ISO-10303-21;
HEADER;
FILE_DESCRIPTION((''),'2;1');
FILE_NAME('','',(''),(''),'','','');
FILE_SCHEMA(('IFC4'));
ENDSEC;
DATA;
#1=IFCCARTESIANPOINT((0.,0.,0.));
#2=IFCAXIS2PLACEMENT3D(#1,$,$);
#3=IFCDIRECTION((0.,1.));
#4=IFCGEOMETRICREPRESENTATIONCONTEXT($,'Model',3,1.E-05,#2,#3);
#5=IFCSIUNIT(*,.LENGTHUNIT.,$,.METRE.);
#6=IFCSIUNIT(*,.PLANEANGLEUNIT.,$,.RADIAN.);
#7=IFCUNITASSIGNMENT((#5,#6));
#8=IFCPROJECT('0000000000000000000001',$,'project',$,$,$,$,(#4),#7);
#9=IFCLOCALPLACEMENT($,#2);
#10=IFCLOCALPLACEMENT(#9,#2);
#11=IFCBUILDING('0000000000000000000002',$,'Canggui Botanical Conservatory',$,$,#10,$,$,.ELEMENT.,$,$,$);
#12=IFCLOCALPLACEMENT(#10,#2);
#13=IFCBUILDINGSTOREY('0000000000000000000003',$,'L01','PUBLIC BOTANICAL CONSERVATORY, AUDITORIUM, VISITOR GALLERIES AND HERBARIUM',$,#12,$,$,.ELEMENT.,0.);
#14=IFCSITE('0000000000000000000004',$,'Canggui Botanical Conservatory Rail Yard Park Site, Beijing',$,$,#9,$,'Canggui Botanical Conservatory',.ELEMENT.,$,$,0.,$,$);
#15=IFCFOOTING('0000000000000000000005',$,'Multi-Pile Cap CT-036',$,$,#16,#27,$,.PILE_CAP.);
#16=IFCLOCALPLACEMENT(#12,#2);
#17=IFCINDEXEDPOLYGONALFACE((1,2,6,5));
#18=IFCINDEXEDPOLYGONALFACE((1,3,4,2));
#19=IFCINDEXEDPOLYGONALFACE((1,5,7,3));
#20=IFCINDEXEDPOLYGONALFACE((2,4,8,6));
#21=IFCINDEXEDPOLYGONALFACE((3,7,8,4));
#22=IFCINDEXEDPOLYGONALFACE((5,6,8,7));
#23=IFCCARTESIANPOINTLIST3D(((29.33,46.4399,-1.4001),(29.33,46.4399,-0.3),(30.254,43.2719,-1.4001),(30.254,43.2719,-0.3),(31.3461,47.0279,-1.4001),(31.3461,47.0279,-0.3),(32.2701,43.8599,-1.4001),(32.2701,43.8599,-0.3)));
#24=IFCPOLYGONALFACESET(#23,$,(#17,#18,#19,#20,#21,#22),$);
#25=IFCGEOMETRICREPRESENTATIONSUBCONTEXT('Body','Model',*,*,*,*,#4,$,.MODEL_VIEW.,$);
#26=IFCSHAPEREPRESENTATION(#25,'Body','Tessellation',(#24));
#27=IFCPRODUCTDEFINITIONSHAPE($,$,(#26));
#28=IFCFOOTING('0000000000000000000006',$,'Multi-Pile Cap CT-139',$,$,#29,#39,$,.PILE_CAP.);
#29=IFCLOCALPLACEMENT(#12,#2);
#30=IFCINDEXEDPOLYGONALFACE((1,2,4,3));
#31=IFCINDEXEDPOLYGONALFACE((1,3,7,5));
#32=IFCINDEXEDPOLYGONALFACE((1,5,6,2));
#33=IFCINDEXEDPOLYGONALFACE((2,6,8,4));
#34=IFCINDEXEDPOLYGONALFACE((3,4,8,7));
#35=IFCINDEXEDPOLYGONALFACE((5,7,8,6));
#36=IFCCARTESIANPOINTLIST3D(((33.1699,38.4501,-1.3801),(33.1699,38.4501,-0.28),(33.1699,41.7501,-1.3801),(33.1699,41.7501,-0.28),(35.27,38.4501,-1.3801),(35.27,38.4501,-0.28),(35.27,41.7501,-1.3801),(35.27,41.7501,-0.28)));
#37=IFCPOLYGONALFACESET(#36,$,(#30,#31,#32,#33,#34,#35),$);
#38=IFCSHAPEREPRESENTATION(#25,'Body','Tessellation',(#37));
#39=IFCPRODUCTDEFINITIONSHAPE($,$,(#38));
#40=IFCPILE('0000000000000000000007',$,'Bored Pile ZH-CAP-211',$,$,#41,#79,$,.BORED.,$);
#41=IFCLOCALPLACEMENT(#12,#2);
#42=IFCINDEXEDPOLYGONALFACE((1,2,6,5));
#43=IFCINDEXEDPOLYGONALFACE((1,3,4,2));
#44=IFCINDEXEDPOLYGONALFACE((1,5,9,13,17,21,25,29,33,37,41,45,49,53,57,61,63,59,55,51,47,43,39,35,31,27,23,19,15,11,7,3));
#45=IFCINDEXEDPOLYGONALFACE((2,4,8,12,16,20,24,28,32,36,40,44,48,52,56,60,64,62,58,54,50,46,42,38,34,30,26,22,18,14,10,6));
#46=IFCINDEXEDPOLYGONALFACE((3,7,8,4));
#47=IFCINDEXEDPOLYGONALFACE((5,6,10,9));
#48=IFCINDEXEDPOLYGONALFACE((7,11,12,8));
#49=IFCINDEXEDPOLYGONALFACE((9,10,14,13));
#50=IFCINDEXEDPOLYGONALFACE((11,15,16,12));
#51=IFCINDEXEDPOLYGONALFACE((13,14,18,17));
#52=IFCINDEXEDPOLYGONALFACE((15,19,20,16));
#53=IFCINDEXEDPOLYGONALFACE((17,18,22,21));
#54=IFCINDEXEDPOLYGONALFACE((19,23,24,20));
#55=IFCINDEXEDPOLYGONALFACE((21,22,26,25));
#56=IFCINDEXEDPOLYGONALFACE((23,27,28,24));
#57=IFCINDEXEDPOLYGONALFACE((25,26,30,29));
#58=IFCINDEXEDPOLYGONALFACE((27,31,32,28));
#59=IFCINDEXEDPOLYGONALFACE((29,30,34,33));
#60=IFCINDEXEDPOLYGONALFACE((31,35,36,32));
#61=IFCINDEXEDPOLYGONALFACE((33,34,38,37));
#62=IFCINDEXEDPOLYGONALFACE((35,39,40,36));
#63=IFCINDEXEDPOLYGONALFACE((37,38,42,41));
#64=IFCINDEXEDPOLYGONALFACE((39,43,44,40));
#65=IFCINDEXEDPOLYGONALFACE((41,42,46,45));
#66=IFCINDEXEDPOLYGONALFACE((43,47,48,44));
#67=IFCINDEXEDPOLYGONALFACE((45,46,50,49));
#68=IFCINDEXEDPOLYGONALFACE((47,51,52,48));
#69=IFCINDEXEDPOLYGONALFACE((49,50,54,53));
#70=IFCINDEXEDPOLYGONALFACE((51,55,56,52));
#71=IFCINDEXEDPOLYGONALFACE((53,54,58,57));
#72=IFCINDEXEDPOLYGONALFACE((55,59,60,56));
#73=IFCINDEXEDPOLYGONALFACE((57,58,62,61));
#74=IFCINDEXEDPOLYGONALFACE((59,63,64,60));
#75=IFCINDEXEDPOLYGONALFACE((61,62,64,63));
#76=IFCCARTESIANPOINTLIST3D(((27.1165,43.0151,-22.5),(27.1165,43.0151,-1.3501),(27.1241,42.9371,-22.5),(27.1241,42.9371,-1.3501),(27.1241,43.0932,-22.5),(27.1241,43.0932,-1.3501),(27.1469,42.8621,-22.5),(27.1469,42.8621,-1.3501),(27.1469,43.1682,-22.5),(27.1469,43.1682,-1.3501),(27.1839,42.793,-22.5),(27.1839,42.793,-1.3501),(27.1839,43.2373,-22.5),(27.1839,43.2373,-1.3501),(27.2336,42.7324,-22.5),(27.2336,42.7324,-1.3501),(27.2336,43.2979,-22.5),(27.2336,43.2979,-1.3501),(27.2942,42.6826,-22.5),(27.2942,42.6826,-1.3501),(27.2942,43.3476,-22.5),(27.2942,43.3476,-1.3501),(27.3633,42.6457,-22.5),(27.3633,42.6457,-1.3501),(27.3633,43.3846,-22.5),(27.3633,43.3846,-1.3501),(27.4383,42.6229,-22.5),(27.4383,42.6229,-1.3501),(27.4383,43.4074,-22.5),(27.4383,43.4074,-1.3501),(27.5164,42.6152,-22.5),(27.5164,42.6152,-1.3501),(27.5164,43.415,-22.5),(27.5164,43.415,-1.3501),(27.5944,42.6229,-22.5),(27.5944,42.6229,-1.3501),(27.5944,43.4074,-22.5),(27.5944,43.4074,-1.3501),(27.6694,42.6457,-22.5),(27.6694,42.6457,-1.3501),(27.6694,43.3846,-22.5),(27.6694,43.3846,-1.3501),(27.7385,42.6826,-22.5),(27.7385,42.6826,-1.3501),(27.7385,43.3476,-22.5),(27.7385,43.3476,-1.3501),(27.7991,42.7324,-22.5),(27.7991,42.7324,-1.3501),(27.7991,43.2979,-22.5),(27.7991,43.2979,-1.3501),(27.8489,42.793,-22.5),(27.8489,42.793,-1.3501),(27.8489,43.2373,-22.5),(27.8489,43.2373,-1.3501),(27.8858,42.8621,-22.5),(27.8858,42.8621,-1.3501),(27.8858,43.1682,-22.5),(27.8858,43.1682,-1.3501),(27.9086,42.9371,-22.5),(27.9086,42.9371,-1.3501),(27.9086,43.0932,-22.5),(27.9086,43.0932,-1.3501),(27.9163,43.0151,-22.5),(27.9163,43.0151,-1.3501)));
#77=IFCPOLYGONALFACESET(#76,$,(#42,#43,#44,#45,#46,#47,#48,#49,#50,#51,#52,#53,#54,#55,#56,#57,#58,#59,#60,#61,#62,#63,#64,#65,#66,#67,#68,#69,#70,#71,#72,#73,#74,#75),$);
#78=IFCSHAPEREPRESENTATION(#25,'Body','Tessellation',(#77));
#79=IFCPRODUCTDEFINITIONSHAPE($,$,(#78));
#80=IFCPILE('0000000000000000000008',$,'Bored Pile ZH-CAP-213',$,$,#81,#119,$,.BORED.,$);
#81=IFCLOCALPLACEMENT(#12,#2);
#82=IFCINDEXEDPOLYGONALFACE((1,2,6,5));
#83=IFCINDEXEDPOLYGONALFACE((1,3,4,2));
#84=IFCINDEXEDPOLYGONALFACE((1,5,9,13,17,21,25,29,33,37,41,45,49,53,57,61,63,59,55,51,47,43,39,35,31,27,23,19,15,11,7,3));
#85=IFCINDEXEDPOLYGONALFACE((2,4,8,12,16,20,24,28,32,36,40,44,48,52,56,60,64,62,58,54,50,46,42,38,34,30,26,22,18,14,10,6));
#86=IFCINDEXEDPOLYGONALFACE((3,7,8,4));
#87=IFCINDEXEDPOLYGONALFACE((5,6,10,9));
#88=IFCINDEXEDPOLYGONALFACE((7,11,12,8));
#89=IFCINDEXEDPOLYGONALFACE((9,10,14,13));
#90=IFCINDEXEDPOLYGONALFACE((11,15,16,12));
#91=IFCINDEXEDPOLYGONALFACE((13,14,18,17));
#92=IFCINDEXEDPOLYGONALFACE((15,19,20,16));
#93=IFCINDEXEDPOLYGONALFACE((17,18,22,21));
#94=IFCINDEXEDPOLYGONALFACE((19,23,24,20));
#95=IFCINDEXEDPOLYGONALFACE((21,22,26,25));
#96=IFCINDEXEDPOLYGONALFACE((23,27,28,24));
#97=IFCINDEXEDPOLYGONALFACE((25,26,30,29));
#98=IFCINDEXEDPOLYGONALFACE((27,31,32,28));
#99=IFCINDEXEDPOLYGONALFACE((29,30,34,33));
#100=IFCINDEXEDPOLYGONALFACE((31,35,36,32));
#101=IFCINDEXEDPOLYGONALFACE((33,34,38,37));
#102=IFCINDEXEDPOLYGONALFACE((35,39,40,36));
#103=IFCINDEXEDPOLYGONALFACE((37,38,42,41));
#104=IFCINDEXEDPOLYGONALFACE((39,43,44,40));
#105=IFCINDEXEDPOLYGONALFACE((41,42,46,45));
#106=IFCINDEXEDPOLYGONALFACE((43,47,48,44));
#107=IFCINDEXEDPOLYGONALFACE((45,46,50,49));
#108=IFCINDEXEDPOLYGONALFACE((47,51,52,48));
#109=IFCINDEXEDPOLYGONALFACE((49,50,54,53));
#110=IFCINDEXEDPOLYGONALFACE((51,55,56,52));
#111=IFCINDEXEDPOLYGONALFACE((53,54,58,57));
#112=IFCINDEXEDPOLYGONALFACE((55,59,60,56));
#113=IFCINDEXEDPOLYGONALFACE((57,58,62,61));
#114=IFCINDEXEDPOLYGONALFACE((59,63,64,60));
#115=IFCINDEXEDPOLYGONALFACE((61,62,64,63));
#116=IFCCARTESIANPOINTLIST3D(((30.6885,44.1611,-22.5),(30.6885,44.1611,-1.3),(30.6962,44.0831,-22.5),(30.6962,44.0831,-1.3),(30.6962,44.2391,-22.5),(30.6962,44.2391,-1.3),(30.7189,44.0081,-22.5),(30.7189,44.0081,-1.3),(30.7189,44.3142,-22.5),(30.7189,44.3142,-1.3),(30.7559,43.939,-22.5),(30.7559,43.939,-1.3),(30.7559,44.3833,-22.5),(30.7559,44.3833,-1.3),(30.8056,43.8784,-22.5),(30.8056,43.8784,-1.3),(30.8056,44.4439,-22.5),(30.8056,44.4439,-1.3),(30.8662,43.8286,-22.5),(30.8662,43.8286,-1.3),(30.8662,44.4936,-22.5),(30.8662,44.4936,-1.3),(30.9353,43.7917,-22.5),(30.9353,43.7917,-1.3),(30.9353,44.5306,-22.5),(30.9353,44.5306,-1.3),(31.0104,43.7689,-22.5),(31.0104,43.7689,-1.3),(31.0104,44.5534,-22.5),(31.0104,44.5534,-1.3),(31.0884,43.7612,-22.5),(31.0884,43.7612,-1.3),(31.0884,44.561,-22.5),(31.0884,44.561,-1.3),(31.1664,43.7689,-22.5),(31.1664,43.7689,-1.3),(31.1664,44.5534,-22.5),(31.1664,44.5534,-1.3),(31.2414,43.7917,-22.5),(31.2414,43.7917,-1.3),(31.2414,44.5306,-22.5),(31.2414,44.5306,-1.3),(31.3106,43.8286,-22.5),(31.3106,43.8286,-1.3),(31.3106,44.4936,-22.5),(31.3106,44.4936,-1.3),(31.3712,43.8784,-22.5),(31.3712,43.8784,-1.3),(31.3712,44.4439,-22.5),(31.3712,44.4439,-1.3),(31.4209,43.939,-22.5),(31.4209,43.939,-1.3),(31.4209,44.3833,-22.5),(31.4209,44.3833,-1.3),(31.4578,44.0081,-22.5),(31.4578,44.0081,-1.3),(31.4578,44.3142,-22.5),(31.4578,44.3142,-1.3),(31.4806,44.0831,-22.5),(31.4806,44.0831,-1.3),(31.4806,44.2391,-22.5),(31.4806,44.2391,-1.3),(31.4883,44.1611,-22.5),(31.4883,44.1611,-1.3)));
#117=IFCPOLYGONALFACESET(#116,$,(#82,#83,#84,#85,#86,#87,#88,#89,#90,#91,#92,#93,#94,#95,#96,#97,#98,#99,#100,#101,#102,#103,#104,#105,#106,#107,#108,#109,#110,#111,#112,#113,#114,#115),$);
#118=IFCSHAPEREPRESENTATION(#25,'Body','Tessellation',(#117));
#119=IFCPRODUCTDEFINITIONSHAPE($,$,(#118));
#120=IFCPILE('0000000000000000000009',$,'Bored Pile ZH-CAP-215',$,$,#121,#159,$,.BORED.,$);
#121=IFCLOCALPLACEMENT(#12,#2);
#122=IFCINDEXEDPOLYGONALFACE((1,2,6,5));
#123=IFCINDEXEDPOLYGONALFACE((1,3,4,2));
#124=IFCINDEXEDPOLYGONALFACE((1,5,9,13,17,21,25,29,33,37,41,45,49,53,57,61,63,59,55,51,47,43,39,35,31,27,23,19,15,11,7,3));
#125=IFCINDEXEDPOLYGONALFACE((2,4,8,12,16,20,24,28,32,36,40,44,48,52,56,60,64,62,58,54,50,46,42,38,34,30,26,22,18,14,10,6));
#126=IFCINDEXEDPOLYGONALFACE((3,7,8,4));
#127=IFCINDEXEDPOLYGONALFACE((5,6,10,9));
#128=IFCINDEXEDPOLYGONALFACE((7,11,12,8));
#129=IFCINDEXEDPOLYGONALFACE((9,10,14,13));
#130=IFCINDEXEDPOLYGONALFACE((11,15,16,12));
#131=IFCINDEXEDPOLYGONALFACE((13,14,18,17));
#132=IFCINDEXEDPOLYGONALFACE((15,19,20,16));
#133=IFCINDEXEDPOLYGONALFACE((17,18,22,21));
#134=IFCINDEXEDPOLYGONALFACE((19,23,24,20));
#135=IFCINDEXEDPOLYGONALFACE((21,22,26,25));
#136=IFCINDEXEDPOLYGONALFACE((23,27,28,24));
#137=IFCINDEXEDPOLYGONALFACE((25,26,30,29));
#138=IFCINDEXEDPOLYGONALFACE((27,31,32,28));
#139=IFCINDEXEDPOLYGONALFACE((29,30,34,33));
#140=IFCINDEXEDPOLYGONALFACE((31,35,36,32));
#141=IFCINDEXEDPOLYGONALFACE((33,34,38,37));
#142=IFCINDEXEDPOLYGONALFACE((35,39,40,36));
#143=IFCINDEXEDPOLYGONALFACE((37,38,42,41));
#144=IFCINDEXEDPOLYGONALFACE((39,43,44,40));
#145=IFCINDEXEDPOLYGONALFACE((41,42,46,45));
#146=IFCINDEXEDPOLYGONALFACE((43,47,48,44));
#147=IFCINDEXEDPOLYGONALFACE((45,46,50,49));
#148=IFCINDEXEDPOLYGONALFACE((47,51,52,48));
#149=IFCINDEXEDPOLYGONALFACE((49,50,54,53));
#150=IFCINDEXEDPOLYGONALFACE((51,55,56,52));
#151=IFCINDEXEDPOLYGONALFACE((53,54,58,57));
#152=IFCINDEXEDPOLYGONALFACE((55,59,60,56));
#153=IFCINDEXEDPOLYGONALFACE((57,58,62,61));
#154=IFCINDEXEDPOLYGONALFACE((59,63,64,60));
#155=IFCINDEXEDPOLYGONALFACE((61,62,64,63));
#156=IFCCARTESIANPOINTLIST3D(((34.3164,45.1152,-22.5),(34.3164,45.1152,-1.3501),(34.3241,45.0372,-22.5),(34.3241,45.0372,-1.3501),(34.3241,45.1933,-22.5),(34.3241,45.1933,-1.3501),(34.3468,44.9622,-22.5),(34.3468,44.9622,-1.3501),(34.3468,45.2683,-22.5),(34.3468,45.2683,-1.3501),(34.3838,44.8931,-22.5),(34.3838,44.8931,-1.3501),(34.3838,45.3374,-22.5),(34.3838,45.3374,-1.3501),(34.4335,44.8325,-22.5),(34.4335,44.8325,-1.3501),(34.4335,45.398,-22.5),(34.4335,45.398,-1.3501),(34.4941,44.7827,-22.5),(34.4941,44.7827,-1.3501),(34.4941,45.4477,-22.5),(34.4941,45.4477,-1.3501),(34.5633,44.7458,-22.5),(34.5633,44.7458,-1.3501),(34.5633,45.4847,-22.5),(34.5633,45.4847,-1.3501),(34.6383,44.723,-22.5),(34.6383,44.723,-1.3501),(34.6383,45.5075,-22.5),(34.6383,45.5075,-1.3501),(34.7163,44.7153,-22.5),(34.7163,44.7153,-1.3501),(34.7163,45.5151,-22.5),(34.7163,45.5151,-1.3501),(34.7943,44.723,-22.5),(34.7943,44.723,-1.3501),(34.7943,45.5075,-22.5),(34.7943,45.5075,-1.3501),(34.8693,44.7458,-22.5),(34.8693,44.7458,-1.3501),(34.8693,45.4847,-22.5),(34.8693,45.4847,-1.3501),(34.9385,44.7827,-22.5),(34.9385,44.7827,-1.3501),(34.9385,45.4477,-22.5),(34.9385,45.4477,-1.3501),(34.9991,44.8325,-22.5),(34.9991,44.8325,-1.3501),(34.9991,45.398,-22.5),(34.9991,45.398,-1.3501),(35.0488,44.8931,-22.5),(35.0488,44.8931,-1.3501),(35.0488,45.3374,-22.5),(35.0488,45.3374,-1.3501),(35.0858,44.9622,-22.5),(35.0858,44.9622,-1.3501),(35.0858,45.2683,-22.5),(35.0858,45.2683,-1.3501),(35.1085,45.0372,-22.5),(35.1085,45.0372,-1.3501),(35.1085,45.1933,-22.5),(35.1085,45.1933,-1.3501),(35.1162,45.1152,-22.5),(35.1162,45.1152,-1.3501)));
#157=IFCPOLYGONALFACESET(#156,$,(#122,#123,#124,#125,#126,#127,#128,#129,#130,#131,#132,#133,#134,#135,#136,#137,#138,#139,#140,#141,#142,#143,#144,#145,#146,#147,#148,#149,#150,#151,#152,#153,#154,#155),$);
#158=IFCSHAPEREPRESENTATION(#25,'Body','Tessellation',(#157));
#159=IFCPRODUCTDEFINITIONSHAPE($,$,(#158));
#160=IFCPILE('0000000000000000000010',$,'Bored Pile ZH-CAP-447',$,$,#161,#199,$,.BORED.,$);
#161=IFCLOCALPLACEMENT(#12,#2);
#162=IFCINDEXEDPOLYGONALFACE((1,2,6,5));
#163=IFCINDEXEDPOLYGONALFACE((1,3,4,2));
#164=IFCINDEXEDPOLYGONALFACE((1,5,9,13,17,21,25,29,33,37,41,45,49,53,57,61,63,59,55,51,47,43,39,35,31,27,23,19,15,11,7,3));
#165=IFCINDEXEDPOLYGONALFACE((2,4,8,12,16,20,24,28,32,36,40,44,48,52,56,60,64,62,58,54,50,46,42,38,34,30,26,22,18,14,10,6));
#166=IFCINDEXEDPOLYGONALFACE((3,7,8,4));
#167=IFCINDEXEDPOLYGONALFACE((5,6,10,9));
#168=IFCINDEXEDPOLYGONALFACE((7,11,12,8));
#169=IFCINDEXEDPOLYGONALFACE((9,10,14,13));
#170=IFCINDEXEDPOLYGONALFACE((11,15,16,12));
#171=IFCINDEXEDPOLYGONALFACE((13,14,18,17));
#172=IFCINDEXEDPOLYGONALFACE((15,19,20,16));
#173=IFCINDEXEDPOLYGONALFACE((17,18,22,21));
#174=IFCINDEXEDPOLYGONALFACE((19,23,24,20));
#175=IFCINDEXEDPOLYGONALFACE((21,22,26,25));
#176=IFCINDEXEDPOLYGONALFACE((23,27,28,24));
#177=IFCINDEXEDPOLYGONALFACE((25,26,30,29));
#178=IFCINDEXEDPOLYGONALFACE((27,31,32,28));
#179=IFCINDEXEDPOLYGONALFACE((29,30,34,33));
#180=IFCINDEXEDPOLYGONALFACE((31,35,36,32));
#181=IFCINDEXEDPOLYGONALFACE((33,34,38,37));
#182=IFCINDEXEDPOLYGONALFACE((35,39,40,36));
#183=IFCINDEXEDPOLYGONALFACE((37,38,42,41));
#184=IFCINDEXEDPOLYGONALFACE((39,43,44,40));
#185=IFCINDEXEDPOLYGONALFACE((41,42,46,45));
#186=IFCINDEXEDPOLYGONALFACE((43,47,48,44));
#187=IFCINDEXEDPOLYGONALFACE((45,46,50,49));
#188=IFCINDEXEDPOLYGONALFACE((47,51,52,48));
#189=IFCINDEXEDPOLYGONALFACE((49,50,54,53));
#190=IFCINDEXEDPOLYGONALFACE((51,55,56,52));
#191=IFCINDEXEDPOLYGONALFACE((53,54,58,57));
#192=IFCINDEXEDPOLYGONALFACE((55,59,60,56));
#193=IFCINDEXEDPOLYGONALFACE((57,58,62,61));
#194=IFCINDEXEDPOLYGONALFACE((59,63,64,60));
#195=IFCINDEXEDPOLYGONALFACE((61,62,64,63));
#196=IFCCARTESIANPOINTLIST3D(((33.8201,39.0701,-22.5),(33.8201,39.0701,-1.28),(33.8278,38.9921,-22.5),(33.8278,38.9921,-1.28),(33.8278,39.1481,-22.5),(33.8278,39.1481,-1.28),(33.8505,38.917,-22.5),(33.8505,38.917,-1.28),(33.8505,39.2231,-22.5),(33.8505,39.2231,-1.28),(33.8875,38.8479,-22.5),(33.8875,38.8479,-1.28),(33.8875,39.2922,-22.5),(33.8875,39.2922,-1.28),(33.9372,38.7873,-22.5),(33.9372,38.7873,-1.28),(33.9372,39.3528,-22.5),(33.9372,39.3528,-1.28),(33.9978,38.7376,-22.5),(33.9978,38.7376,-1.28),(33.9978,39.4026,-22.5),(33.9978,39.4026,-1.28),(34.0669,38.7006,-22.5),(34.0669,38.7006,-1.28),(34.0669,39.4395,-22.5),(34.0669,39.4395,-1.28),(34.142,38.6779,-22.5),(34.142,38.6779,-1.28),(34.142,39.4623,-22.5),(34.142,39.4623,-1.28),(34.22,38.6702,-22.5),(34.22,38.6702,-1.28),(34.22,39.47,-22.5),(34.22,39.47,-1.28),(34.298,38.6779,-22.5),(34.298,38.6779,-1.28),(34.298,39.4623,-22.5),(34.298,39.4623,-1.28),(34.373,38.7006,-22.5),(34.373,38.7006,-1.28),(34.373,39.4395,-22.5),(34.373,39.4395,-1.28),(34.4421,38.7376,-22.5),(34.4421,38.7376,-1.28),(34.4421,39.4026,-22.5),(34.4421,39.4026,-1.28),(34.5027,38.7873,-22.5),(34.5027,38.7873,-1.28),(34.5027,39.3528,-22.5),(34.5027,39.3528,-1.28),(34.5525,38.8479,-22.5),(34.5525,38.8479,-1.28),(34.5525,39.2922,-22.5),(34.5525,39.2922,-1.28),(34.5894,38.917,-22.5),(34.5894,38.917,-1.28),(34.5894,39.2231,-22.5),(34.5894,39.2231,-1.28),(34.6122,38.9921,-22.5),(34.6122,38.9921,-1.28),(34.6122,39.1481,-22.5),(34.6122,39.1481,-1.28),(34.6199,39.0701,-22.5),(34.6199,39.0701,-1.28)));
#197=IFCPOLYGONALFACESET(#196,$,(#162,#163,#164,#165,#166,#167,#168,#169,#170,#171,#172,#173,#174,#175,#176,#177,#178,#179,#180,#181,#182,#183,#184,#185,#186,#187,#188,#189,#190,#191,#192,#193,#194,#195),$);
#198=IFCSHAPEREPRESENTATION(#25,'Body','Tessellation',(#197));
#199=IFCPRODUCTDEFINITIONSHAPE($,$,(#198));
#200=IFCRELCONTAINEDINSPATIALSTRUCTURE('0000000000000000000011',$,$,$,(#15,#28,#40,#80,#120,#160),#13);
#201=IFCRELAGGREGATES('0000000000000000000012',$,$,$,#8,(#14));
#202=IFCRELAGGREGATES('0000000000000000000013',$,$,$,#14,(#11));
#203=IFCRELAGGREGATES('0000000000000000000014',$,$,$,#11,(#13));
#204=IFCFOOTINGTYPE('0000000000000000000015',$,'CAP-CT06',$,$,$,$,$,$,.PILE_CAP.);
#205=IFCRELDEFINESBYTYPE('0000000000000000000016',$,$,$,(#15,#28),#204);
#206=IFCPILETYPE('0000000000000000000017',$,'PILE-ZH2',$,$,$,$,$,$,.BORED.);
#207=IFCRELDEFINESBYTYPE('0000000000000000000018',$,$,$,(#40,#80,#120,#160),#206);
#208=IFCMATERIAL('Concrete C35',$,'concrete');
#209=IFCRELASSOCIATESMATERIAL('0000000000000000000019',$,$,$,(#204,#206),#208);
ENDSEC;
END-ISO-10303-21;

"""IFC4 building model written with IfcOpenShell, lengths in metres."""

from ifc_helpers import new_model, si_unit, direction, frame, origin, origin_2d, place, context, subcontext, project, spatial, rectangle, circle, extrude, material, material_profile, profile_set, type_object, element, save


model = new_model("IFC4")

# Units and contexts
model_context = context("Model", 3, precision=1e-05, world=origin(), true_north=direction((0.0, 1.0)))
body_context = subcontext(model_context, "Body", "Model", "MODEL_VIEW")
ifc_project = project(units=[si_unit("LENGTHUNIT", "METRE"), si_unit("PLANEANGLEUNIT", "RADIAN")], contexts=[model_context])

# Site, building, storey
site_placement = place(None, origin())
site = spatial("IfcSite", under=ifc_project, at=site_placement, Name="Canggui Botanical Conservatory Rail Yard Park Site, Beijing", LongName="Canggui Botanical Conservatory", CompositionType="ELEMENT", RefElevation=0.0)
building_placement = place(site_placement, origin())
building = spatial("IfcBuilding", under=site, at=building_placement, Name="Canggui Botanical Conservatory", CompositionType="ELEMENT")
storey_placement = place(building_placement, origin())
storey = spatial("IfcBuildingStorey", under=building, at=storey_placement, Name="L01", Description="PUBLIC BOTANICAL CONSERVATORY, AUDITORIUM, VISITOR GALLERIES AND HERBARIUM", CompositionType="ELEMENT", Elevation=0.0)

# Footings
ifc_material_1 = material(Name="Concrete C35", Category="concrete")
footing_type = type_object("IfcFootingType", Name="CAP-CT06", PredefinedType="PILE_CAP", material=ifc_material_1)
for number, where, z_axis, x_axis, name in (
    (1, (30.8, 45.1499, -1.4001), (0.0, 0.0, 1.0), (-0.28, 0.96, 0.0), "Multi-Pile Cap CT-036"),
    (2, (34.22, 40.1001, -1.3801), (0.0, 0.0, 1.0), (0.0, 1.0, 0.0), "Multi-Pile Cap CT-139"),
):
    element("IfcFooting", number, at=place(storey_placement, frame(where, z_axis=z_axis, x_axis=x_axis)), inside=storey, type_object=footing_type, Name=name, PredefinedType="PILE_CAP", context=body_context, shape_type="SweptSolid", body=[
        extrude(rectangle(XDim=3.3, YDim=2.1001, at=origin_2d()), origin(), (0.0, 0.0, 1.0), 1.1001),
    ])

# Piles
ifc_material_profile_1 = material_profile(ifc_material_1, circle(Radius=0.3999, at=origin_2d()), Name="PILE D800")
ifc_profile_set_1 = profile_set([ifc_material_profile_1], Name="Concrete C35")
pile_type = type_object("IfcPileType", Name="PILE-ZH2", PredefinedType="BORED", material=ifc_profile_set_1)
pile_1_placement = place(storey_placement, frame((27.5164, 43.0151, -1.3501), z_axis=(0.0, 0.0, -1.0), x_axis=(1.0, 0.0, 0.0)))
element("IfcPile", 3, at=pile_1_placement, inside=storey, type_object=pile_type, Name="Bored Pile ZH-CAP-211", PredefinedType="BORED", context=body_context, shape_type="SweptSolid", body=[
    extrude(circle(Radius=0.3999, at=origin_2d()), origin(), (0.0, 0.0, 1.0), 21.1499),
])
pile_2_placement = place(storey_placement, frame((31.0884, 44.1611, -1.3), z_axis=(0.0, 0.0, -1.0), x_axis=(1.0, 0.0, 0.0)))
element("IfcPile", 4, at=pile_2_placement, inside=storey, type_object=pile_type, Name="Bored Pile ZH-CAP-213", PredefinedType="BORED", context=body_context, shape_type="SweptSolid", body=[
    extrude(circle(Radius=0.3999, at=origin_2d()), origin(), (0.0, 0.0, 1.0), 21.2),
])
pile_3_placement = place(storey_placement, frame((34.7163, 45.1152, -1.3501), z_axis=(0.0, 0.0, -1.0), x_axis=(1.0, 0.0, 0.0)))
element("IfcPile", 5, at=pile_3_placement, inside=storey, type_object=pile_type, Name="Bored Pile ZH-CAP-215", PredefinedType="BORED", context=body_context, shape_type="SweptSolid", body=[
    extrude(circle(Radius=0.3999, at=origin_2d()), origin(), (0.0, 0.0, 1.0), 21.1499),
])
for number, where, z_axis, x_axis, name in (
    (6, (34.22, 39.0701, -1.28), (0.0, 0.0, -1.0), (1.0, 0.0, 0.0), "Bored Pile ZH-CAP-447"),
):
    element("IfcPile", number, at=place(storey_placement, frame(where, z_axis=z_axis, x_axis=x_axis)), inside=storey, type_object=pile_type, Name=name, PredefinedType="BORED", context=body_context, shape_type="SweptSolid", body=[
        extrude(circle(Radius=0.3999, at=origin_2d()), origin(), (0.0, 0.0, 1.0), 21.22),
    ])

save(model, "model.ifc")
